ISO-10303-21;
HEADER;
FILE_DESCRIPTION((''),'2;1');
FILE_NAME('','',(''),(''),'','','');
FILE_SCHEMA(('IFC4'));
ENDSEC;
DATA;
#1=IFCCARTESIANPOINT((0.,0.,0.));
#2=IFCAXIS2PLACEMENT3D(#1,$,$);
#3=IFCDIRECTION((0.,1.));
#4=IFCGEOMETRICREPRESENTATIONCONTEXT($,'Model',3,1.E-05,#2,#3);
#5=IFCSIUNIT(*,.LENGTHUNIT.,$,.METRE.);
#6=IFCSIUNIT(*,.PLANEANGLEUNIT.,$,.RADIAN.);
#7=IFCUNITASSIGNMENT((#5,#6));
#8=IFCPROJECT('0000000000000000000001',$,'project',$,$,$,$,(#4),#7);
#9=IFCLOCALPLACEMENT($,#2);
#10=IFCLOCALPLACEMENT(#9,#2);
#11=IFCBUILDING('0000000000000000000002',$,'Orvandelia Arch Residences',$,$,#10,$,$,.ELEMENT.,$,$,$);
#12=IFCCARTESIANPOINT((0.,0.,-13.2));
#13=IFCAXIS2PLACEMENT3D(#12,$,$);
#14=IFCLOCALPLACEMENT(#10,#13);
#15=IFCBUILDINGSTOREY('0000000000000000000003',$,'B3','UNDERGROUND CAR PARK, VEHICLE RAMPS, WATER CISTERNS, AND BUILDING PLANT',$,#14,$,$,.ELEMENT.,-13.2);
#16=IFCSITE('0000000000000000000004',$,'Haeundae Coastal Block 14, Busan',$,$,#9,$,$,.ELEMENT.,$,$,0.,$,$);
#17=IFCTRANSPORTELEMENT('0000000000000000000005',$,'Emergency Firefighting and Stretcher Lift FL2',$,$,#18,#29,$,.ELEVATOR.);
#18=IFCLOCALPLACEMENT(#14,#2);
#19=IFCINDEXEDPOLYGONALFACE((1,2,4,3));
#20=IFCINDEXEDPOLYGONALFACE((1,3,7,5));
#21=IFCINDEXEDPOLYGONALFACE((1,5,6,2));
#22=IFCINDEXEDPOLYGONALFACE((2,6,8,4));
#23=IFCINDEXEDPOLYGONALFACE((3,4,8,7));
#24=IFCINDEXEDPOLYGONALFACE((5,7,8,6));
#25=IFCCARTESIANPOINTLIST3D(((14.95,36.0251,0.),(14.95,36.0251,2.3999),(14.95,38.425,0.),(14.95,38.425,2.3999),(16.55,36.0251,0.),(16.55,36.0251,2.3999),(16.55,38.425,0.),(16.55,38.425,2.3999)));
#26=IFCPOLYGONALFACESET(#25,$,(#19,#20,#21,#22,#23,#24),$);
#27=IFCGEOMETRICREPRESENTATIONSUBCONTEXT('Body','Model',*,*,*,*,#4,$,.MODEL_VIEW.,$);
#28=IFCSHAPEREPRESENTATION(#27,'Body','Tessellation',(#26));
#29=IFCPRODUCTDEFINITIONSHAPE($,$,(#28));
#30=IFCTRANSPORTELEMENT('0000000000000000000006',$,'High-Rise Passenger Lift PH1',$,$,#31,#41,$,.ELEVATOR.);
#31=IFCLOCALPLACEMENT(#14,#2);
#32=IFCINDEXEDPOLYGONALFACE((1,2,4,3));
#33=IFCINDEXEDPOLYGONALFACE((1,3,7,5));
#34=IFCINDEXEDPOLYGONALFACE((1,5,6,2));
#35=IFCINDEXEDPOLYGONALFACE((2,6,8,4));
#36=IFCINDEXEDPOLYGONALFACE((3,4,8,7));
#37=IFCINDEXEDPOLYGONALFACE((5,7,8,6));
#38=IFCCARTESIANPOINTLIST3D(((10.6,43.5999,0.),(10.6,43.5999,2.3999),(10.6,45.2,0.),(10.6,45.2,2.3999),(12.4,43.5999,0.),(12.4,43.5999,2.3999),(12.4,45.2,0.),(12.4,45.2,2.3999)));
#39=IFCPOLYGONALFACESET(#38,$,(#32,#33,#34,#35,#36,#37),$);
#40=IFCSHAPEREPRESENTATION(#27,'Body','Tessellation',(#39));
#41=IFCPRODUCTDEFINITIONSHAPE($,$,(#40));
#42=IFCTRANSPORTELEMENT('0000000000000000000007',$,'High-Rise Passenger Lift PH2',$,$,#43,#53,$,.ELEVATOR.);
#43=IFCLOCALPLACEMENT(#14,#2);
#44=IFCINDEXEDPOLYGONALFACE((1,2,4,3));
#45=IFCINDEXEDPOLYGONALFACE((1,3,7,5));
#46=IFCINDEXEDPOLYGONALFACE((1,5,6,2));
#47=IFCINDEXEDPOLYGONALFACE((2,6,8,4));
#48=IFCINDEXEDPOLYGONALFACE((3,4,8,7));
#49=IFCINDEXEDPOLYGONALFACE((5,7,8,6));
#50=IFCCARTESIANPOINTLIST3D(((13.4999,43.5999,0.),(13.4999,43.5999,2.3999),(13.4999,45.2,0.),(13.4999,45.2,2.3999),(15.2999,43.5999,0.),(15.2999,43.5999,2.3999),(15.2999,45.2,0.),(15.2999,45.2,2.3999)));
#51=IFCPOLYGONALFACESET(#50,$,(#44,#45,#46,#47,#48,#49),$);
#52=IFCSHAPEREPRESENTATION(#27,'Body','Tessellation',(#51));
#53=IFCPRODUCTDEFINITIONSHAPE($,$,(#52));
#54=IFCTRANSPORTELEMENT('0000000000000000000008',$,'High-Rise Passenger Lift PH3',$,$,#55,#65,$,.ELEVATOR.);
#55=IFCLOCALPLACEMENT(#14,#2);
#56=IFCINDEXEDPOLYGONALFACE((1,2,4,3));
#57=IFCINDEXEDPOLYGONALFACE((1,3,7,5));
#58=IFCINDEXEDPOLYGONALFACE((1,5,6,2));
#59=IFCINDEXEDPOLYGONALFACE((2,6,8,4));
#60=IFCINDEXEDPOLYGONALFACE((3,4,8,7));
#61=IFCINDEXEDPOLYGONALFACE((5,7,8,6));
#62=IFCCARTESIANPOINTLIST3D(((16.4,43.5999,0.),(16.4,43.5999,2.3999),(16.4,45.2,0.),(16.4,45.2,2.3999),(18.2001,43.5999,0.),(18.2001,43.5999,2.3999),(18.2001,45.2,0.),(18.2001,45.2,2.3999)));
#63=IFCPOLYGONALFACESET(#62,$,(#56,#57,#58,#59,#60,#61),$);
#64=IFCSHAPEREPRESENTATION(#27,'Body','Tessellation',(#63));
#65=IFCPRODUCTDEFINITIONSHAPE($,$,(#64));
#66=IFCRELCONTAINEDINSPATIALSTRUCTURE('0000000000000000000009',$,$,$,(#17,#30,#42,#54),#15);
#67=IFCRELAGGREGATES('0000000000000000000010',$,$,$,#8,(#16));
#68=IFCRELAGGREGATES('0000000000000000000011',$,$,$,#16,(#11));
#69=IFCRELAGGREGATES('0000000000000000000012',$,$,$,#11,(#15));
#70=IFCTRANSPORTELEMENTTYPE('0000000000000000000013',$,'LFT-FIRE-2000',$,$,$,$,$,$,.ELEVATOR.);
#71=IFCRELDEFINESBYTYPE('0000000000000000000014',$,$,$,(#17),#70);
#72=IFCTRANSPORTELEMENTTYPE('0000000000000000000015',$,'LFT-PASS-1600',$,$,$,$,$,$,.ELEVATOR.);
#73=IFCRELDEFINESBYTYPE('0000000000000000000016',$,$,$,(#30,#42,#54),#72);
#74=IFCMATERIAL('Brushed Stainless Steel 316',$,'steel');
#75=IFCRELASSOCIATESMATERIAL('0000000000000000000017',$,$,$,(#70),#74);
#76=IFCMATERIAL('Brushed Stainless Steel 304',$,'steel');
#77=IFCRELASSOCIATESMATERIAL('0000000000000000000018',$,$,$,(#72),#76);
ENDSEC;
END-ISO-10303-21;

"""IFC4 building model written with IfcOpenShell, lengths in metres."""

from ifc_helpers import new_model, si_unit, direction, frame, origin, origin_2d, place, context, subcontext, project, spatial, rectangle, extrude, material, type_object, element, save


model = new_model("IFC4")

# Units and contexts
model_context = context("Model", 3, precision=1e-05, world=origin(), true_north=direction((0.0, 1.0)))
body_context = subcontext(model_context, "Body", "Model", "MODEL_VIEW")
ifc_project = project(units=[si_unit("LENGTHUNIT", "METRE"), si_unit("PLANEANGLEUNIT", "RADIAN")], contexts=[model_context])

# Site, building, storey
site_placement = place(None, origin())
site = spatial("IfcSite", under=ifc_project, at=site_placement, Name="Haeundae Coastal Block 14, Busan", CompositionType="ELEMENT", RefElevation=0.0)
building_placement = place(site_placement, origin())
building = spatial("IfcBuilding", under=site, at=building_placement, Name="Orvandelia Arch Residences", CompositionType="ELEMENT")
storey_placement = place(building_placement, frame((0.0, 0.0, -13.2)))
storey = spatial("IfcBuildingStorey", under=building, at=storey_placement, Name="B3", Description="UNDERGROUND CAR PARK, VEHICLE RAMPS, WATER CISTERNS, AND BUILDING PLANT", CompositionType="ELEMENT", Elevation=-13.2)

# Transport elements
ifc_material_1 = material(Name="Brushed Stainless Steel 316", Category="steel")
transport_element_type_1 = type_object("IfcTransportElementType", Name="LFT-FIRE-2000", PredefinedType="ELEVATOR", material=ifc_material_1)
transport_element_placement = place(storey_placement, frame((15.75, 37.2251, 0.0), z_axis=(0.0, 0.0, 1.0), x_axis=(1.0, 0.0, 0.0)))
element("IfcTransportElement", 1, at=transport_element_placement, inside=storey, type_object=transport_element_type_1, Name="Emergency Firefighting and Stretcher Lift FL2", PredefinedType="ELEVATOR", context=body_context, shape_type="SweptSolid", body=[
    extrude(rectangle(XDim=1.6001, YDim=2.3999, at=origin_2d()), origin(), (0.0, 0.0, 1.0), 2.3999),
])
ifc_material_2 = material(Name="Brushed Stainless Steel 304", Category="steel")
transport_element_type_2 = type_object("IfcTransportElementType", Name="LFT-PASS-1600", PredefinedType="ELEVATOR", material=ifc_material_2)
for number, where, z_axis, x_axis, name in (
    (2, (11.5, 44.3999, 0.0), (0.0, 0.0, 1.0), (1.0, 0.0, 0.0), "High-Rise Passenger Lift PH1"),
    (3, (14.3999, 44.3999, 0.0), (0.0, 0.0, 1.0), (1.0, 0.0, 0.0), "High-Rise Passenger Lift PH2"),
    (4, (17.3, 44.3999, 0.0), (0.0, 0.0, 1.0), (1.0, 0.0, 0.0), "High-Rise Passenger Lift PH3"),
):
    element("IfcTransportElement", number, at=place(storey_placement, frame(where, z_axis=z_axis, x_axis=x_axis)), inside=storey, type_object=transport_element_type_2, Name=name, PredefinedType="ELEVATOR", context=body_context, shape_type="SweptSolid", body=[
        extrude(rectangle(XDim=1.8, YDim=1.6001, at=origin_2d()), origin(), (0.0, 0.0, 1.0), 2.3999),
    ])

save(model, "model.ifc")
